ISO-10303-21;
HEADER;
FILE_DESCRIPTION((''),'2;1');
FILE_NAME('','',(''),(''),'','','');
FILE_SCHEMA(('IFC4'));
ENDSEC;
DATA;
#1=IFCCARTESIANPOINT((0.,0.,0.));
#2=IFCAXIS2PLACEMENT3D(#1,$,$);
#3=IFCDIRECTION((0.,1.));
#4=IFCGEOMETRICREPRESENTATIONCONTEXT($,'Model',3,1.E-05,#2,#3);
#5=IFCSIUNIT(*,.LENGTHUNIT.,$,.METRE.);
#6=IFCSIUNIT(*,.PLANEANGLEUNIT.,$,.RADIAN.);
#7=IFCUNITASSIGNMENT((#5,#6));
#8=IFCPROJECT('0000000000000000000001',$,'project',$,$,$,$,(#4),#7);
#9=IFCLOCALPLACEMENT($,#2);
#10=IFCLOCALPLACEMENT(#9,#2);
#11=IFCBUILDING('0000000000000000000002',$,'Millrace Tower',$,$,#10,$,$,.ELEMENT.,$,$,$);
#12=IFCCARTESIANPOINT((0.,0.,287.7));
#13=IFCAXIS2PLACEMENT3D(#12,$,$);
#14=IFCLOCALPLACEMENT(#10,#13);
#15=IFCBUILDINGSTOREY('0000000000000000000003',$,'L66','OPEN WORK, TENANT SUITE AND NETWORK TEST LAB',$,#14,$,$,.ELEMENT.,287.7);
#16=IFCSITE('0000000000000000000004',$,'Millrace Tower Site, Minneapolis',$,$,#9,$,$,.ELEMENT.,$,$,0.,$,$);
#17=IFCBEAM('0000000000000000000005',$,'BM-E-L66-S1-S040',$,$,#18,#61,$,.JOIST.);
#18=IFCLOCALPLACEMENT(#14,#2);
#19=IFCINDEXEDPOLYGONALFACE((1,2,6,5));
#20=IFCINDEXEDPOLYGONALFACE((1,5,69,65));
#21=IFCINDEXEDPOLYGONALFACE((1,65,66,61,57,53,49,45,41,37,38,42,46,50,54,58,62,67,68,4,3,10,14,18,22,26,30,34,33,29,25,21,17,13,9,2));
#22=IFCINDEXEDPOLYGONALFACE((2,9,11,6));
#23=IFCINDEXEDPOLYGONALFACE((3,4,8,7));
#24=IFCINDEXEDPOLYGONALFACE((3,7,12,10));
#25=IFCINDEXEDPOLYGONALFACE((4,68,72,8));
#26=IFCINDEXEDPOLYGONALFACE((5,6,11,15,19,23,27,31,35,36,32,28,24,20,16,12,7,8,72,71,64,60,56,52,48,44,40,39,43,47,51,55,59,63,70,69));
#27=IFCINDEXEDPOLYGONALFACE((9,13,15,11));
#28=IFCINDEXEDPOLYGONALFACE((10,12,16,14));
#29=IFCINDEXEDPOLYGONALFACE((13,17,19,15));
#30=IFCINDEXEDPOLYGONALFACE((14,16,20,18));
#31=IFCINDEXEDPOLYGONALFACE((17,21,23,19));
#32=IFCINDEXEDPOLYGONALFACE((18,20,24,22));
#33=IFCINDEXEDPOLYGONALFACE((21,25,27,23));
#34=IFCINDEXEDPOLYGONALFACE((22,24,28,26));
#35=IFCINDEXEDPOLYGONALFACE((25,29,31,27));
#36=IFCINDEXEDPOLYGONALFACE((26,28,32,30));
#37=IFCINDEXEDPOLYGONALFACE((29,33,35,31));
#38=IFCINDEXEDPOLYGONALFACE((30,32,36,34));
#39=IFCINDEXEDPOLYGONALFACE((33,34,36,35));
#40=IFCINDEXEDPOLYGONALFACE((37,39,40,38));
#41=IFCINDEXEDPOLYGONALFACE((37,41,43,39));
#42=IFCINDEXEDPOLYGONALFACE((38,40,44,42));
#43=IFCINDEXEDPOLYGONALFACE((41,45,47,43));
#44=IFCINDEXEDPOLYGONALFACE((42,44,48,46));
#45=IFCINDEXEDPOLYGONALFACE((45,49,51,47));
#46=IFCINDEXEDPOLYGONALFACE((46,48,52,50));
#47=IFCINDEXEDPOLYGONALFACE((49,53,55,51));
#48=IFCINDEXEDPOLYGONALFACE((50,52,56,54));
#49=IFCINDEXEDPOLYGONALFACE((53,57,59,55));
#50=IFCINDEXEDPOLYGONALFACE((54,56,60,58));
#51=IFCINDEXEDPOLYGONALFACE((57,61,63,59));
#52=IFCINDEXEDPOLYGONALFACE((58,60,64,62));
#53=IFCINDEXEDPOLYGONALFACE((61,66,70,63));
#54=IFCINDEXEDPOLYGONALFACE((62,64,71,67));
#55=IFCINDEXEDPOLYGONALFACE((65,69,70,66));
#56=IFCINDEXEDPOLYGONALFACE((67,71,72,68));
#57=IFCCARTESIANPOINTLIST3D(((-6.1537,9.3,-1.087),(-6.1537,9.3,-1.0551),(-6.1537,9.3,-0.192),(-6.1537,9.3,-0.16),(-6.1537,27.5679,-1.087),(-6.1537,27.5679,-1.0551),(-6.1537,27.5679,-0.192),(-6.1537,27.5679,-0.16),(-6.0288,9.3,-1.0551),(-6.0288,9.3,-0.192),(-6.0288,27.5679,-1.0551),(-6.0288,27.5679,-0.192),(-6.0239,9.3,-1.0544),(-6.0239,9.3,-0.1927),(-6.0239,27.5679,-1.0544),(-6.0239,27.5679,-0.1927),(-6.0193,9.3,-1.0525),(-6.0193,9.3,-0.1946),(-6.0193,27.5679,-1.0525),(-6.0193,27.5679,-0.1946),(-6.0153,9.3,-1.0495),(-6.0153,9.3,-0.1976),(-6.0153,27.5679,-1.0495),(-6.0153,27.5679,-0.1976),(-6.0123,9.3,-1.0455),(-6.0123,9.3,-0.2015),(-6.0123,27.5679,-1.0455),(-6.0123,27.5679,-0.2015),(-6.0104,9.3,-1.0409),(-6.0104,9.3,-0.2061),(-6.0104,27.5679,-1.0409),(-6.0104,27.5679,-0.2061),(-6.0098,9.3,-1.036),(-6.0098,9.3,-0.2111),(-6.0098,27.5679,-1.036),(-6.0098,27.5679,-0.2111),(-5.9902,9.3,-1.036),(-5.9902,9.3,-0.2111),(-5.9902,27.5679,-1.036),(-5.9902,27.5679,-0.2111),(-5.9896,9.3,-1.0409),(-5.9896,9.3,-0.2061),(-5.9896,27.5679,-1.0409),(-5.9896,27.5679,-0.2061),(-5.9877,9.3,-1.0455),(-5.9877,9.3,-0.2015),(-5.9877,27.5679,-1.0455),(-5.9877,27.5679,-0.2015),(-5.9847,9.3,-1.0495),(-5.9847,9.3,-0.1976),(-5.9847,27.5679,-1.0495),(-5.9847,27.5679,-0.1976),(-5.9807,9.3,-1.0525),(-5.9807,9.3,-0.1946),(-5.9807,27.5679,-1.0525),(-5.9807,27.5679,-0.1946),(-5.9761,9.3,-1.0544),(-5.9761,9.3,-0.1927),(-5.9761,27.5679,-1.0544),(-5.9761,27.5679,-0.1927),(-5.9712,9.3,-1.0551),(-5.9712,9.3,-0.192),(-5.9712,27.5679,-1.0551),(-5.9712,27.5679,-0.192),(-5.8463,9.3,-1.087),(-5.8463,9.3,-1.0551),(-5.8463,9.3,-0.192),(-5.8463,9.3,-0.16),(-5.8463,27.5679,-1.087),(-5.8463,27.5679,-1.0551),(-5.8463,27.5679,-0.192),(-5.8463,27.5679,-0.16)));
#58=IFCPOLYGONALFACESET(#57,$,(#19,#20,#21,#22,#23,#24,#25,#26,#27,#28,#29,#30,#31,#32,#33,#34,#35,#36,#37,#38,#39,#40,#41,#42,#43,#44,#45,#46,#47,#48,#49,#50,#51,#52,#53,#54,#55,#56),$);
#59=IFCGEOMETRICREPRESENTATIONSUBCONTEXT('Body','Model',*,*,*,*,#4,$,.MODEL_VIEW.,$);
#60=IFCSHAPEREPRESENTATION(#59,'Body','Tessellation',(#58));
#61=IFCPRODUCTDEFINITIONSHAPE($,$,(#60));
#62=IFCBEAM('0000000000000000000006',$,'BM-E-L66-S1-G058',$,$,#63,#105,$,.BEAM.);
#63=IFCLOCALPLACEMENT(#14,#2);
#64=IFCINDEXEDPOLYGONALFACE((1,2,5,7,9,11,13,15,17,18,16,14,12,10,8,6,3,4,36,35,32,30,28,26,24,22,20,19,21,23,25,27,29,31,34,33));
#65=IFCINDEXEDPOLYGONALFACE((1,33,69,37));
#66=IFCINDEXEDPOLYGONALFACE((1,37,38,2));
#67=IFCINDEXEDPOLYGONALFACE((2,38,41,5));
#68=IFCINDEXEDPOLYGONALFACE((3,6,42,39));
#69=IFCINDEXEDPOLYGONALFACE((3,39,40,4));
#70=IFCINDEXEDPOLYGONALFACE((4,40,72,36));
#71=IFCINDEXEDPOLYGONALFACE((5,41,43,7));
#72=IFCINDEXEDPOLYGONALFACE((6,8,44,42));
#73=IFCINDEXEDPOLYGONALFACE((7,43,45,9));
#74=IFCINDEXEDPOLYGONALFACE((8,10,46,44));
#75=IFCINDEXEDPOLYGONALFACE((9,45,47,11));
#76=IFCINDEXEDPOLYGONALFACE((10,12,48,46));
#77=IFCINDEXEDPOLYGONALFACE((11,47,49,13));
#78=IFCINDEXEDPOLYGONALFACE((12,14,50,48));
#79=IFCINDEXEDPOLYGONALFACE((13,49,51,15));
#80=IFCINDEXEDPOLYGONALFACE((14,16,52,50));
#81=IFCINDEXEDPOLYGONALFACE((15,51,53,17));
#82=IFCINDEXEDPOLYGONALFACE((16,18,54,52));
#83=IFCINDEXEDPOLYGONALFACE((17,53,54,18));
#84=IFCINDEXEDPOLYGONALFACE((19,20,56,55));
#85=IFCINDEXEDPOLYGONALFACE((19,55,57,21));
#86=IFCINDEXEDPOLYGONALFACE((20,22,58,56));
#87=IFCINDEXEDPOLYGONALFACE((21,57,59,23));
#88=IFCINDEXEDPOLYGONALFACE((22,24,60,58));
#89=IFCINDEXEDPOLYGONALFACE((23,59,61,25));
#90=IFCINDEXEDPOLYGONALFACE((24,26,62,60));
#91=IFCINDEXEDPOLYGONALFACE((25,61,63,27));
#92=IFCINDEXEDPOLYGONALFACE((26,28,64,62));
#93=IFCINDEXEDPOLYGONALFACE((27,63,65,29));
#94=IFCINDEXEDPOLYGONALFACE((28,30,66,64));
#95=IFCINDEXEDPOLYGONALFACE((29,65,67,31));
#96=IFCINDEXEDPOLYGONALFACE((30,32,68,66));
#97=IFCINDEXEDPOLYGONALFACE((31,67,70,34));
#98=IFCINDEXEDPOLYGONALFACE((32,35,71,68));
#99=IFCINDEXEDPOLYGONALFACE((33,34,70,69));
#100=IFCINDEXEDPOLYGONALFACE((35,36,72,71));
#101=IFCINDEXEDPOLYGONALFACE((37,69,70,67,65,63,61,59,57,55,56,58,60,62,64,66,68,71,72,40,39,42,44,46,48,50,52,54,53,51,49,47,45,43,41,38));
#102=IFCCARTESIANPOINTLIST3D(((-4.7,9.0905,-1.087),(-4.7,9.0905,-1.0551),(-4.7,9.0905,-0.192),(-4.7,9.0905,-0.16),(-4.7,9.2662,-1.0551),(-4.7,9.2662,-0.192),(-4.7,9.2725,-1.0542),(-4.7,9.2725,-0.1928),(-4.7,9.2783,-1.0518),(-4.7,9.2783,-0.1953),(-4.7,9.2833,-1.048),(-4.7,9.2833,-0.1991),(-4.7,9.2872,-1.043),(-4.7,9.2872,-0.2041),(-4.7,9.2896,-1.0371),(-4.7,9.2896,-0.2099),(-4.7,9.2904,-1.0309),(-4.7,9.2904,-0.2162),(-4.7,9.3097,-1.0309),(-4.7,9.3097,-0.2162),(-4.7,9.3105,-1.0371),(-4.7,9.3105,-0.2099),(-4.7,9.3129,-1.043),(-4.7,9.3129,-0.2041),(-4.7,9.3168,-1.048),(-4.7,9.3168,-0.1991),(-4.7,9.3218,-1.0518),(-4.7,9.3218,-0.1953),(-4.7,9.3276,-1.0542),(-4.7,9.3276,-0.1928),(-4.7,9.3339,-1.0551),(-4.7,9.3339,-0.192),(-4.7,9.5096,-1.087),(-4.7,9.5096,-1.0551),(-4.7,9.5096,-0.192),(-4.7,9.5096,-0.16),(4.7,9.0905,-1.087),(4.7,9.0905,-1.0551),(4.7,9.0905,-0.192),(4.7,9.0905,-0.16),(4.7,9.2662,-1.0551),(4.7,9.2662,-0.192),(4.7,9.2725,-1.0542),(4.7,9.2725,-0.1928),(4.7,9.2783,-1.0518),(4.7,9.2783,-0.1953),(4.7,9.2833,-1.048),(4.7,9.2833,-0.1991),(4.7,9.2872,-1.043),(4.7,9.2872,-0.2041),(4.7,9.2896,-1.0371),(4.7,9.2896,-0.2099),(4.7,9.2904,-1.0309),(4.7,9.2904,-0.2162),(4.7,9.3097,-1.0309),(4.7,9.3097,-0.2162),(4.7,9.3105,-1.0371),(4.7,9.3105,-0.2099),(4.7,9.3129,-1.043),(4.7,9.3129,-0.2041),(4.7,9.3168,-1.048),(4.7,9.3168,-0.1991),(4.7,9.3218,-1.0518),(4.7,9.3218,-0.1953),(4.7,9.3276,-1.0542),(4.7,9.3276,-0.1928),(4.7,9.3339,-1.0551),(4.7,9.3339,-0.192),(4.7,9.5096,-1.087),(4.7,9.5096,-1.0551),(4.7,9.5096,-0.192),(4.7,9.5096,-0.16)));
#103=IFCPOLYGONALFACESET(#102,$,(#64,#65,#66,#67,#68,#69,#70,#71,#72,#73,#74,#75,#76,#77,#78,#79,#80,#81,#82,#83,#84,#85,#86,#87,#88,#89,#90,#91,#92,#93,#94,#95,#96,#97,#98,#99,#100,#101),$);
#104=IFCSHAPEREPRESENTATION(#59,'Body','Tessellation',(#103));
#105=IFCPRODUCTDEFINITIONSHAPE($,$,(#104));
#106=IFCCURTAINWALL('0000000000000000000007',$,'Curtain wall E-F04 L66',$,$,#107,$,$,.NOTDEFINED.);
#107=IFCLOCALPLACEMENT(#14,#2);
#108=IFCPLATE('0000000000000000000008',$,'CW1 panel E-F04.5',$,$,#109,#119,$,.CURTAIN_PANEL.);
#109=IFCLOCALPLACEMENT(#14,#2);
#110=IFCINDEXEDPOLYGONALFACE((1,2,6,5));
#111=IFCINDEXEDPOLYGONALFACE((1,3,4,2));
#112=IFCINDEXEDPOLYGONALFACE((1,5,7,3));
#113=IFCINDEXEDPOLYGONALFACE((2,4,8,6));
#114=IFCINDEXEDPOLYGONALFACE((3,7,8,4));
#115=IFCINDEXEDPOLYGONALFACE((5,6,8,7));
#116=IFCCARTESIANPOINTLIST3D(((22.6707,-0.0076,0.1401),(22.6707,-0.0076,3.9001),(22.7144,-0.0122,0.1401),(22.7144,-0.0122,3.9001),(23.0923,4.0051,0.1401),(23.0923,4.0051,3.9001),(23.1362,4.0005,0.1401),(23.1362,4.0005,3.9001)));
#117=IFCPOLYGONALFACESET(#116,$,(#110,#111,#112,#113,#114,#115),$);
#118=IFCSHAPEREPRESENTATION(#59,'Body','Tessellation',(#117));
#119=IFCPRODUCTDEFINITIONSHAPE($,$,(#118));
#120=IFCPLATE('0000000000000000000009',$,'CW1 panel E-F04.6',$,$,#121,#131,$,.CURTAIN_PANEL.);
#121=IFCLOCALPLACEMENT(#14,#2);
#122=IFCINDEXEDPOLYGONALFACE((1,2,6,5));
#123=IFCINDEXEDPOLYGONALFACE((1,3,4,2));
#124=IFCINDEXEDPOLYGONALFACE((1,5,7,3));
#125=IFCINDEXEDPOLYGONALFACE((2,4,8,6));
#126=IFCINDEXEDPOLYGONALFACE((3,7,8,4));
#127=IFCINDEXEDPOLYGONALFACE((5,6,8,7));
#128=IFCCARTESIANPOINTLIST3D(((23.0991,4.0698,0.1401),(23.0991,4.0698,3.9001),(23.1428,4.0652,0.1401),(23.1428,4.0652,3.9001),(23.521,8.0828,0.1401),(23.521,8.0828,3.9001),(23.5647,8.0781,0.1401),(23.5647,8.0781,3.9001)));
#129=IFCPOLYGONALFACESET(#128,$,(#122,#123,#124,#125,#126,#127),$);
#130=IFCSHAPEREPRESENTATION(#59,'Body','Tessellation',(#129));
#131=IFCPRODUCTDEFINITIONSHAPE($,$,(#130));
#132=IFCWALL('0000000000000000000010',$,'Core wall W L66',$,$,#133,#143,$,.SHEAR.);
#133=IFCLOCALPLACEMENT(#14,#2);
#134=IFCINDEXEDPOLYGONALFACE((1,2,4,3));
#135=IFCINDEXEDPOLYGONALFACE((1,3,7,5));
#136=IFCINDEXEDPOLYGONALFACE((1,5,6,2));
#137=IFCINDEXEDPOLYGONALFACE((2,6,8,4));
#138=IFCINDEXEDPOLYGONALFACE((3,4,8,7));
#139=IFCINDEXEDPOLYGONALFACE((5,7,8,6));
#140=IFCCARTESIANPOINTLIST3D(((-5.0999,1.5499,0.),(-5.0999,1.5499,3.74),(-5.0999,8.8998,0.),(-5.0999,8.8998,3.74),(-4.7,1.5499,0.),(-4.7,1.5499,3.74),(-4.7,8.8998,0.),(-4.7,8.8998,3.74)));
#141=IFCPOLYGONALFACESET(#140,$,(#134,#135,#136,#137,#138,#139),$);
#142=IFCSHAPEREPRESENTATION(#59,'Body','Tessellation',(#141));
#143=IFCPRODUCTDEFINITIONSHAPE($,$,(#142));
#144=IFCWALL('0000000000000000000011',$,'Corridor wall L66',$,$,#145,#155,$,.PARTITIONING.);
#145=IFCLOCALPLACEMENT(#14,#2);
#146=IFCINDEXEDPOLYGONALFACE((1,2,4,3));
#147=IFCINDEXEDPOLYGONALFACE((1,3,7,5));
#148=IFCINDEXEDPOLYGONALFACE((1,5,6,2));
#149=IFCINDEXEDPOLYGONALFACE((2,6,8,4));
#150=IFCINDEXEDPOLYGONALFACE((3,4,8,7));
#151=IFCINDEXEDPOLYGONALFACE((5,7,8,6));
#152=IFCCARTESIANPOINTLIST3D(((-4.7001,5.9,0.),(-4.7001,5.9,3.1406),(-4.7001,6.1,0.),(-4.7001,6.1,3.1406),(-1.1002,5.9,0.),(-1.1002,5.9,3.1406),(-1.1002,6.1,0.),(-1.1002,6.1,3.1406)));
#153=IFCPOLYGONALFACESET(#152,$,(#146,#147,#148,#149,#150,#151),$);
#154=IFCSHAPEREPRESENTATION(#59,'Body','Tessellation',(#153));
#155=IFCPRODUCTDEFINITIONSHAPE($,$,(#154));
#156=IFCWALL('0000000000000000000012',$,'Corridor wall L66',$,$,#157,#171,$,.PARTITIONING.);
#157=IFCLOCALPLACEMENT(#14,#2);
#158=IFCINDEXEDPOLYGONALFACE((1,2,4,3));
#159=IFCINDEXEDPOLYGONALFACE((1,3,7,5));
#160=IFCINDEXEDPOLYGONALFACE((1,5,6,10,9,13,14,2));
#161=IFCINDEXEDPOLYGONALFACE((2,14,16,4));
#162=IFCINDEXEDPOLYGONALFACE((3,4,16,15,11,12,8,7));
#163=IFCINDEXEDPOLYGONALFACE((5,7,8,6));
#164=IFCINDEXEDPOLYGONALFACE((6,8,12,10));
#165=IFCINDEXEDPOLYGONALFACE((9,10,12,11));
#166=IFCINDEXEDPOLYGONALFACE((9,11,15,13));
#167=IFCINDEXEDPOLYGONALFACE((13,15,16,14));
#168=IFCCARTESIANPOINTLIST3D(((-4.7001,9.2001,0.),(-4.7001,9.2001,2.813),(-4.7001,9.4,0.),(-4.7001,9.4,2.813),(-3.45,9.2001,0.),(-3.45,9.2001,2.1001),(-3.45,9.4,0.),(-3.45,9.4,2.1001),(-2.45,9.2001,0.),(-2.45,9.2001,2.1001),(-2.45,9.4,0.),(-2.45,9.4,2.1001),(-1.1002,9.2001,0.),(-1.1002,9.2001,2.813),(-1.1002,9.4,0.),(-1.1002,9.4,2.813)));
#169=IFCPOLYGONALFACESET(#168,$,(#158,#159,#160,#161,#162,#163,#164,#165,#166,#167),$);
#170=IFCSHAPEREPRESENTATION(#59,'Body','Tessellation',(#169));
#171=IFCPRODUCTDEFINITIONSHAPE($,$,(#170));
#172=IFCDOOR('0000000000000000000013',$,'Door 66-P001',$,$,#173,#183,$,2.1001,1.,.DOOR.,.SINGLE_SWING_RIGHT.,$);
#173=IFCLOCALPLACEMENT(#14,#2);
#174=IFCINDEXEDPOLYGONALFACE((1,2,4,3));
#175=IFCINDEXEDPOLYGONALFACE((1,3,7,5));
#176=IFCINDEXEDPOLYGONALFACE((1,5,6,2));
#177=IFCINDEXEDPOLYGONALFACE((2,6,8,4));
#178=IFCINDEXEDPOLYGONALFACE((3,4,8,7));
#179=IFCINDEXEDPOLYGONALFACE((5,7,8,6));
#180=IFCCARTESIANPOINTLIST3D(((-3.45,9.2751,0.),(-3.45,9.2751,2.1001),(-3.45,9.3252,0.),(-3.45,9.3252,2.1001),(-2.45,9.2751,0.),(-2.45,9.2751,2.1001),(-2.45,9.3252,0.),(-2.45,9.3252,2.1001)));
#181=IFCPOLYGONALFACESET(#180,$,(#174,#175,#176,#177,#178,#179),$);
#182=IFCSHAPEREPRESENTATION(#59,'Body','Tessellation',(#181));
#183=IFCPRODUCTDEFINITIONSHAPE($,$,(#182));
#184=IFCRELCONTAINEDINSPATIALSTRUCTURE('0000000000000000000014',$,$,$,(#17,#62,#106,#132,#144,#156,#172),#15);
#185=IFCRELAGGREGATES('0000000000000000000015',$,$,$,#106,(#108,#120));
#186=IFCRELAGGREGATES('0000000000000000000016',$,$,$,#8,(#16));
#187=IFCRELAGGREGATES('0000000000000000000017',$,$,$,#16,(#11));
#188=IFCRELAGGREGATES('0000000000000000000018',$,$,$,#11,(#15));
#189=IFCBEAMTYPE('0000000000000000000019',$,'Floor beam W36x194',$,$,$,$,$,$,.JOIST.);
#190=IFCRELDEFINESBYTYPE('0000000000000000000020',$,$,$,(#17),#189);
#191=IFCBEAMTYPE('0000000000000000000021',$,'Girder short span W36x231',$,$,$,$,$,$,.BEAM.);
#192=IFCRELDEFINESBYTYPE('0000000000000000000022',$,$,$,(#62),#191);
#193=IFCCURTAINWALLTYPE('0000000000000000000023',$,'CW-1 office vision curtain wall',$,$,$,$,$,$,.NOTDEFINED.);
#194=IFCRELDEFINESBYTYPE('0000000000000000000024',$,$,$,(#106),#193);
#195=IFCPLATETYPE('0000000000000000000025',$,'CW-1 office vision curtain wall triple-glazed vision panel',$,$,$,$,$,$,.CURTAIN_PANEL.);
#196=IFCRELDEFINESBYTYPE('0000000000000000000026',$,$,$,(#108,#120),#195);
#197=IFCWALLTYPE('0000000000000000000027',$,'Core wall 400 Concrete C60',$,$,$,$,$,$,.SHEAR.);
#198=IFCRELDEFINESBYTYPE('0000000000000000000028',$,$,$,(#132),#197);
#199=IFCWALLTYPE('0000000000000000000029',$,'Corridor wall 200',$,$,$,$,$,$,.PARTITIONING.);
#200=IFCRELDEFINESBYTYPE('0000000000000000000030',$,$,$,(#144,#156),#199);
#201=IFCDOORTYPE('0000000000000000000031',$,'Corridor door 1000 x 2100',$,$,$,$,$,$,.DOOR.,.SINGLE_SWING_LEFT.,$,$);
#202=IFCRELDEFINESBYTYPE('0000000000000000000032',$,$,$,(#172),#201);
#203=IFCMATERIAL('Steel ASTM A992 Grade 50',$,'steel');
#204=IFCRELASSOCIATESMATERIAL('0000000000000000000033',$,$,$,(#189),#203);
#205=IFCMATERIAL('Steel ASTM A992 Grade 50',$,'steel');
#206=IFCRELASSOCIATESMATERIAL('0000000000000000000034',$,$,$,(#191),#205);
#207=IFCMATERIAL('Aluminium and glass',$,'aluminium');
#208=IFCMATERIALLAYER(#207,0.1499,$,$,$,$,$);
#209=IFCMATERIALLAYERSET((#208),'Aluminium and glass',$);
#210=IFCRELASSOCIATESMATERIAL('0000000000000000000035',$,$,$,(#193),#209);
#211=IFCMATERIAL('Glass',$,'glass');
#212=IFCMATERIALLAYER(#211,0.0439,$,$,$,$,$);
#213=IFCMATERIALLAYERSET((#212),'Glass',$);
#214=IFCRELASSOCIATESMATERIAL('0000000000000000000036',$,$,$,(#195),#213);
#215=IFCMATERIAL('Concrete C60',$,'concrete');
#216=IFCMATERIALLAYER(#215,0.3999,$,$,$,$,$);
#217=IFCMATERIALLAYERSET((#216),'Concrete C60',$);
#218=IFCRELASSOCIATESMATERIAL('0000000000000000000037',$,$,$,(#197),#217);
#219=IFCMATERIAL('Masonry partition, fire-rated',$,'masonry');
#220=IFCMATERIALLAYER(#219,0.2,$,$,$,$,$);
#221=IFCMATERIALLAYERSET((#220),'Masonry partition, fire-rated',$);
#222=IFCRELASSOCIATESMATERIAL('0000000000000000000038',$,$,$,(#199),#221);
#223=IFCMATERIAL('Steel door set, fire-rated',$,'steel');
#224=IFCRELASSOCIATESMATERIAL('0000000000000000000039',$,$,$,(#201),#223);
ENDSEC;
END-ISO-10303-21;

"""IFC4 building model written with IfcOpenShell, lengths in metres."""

from ifc_helpers import new_model, si_unit, direction, frame, frame_2d, origin, origin_2d, place, context, subcontext, project, spatial, polyline, rectangle, i_section, outline, extrude, material, layer, layer_set, material_profile, profile_set, type_object, element, fill, aggregate, save


model = new_model("IFC4")

# Units and contexts
model_context = context("Model", 3, precision=1e-05, world=origin(), true_north=direction((0.0, 1.0)))
body_context = subcontext(model_context, "Body", "Model", "MODEL_VIEW")
ifc_project = project(units=[si_unit("LENGTHUNIT", "METRE"), si_unit("PLANEANGLEUNIT", "RADIAN")], contexts=[model_context])

# Site, building, storey
site_placement = place(None, origin())
site = spatial("IfcSite", under=ifc_project, at=site_placement, Name="Millrace Tower Site, Minneapolis", CompositionType="ELEMENT", RefElevation=0.0)
building_placement = place(site_placement, origin())
building = spatial("IfcBuilding", under=site, at=building_placement, Name="Millrace Tower", CompositionType="ELEMENT")
storey_placement = place(building_placement, frame((0.0, 0.0, 287.7)))
storey = spatial("IfcBuildingStorey", under=building, at=storey_placement, Name="L66", Description="OPEN WORK, TENANT SUITE AND NETWORK TEST LAB", CompositionType="ELEMENT", Elevation=287.7)

# Beams
ifc_material_1 = material(Name="Steel ASTM A992 Grade 50", Category="steel")
ifc_material_profile_1 = material_profile(ifc_material_1, i_section(OverallWidth=0.3074, OverallDepth=0.927, WebThickness=0.0195, FlangeThickness=0.032, FilletRadius=0.019, at=origin_2d()))
ifc_profile_set_1 = profile_set([ifc_material_profile_1], Name="Steel ASTM A992 Grade 50")
beam_type_1 = type_object("IfcBeamType", Name="Floor beam W36x194", PredefinedType="JOIST", material=ifc_profile_set_1)
beam_1_placement = place(storey_placement, frame((-6.0, 9.3, -0.6235), z_axis=(0.0, 1.0, 0.0), x_axis=(-1.0, 0.0, 0.0)))
element("IfcBeam", 1, at=beam_1_placement, inside=storey, type_object=beam_type_1, Name="BM-E-L66-S1-S040", PredefinedType="JOIST", context=body_context, shape_type="SweptSolid", body=[
    extrude(i_section(OverallWidth=0.3074, OverallDepth=0.927, WebThickness=0.0195, FlangeThickness=0.032, FilletRadius=0.019, at=origin_2d()), origin(), (0.0, 0.0, 1.0), 18.2678),
])
ifc_material_2 = material(Name="Steel ASTM A992 Grade 50", Category="steel")
ifc_material_profile_2 = material_profile(ifc_material_2, i_section(OverallWidth=0.4192, OverallDepth=0.927, WebThickness=0.0193, FlangeThickness=0.032, FilletRadius=0.0242, at=origin_2d()))
ifc_profile_set_2 = profile_set([ifc_material_profile_2], Name="Steel ASTM A992 Grade 50")
beam_type_2 = type_object("IfcBeamType", Name="Girder short span W36x231", PredefinedType="BEAM", material=ifc_profile_set_2)
beam_2_placement = place(storey_placement, frame((-4.7, 9.3, -0.6235), z_axis=(1.0, 0.0, 0.0), x_axis=(0.0, 1.0, 0.0)))
element("IfcBeam", 2, at=beam_2_placement, inside=storey, type_object=beam_type_2, Name="BM-E-L66-S1-G058", PredefinedType="BEAM", context=body_context, shape_type="SweptSolid", body=[
    extrude(i_section(OverallWidth=0.4192, OverallDepth=0.927, WebThickness=0.0193, FlangeThickness=0.032, FilletRadius=0.0242, at=origin_2d()), origin(), (0.0, 0.0, 1.0), 9.3999),
])

# Curtain wall, plates
ifc_material_3 = material(Name="Aluminium and glass", Category="aluminium")
ifc_layer_1 = layer(ifc_material_3, 0.1499)
ifc_layer_set_1 = layer_set([ifc_layer_1], Name="Aluminium and glass")
curtain_wall_type = type_object("IfcCurtainWallType", Name="CW-1 office vision curtain wall", PredefinedType="NOTDEFINED", material=ifc_layer_set_1)
placement_1 = place(storey_placement, origin())
curtain_wall = element("IfcCurtainWall", 3, at=placement_1, inside=storey, type_object=curtain_wall_type, Name="Curtain wall E-F04 L66", PredefinedType="NOTDEFINED")
ifc_material_4 = material(Name="Glass", Category="glass")
ifc_layer_2 = layer(ifc_material_4, 0.0439)
ifc_layer_set_2 = layer_set([ifc_layer_2], Name="Glass")
plate_type = type_object("IfcPlateType", Name="CW-1 office vision curtain wall triple-glazed vision panel", PredefinedType="CURTAIN_PANEL", material=ifc_layer_set_2)
placement_2 = place(storey_placement, frame((0.0, 0.0, 0.1401)))
plate_1 = element("IfcPlate", 4, at=placement_2, type_object=plate_type, Name="CW1 panel E-F04.5", PredefinedType="CURTAIN_PANEL", context=body_context, shape_type="SweptSolid", body=[
    extrude(outline(polyline([(22.7144, -0.0122), (23.1362, 4.0005), (23.0923, 4.0051), (22.6707, -0.0076), (22.7144, -0.0122)])), origin(), (0.0, 0.0, 1.0), 3.76),
])
plate_2 = element("IfcPlate", 5, at=placement_2, type_object=plate_type, Name="CW1 panel E-F04.6", PredefinedType="CURTAIN_PANEL", context=body_context, shape_type="SweptSolid", body=[
    extrude(outline(polyline([(23.1428, 4.0652), (23.5647, 8.0781), (23.521, 8.0828), (23.0991, 4.0698), (23.1428, 4.0652)])), origin(), (0.0, 0.0, 1.0), 3.76),
])
aggregate(curtain_wall, [plate_1, plate_2])

# Walls
ifc_material_5 = material(Name="Concrete C60", Category="concrete")
ifc_layer_3 = layer(ifc_material_5, 0.3999)
ifc_layer_set_3 = layer_set([ifc_layer_3], Name="Concrete C60")
wall_type_1 = type_object("IfcWallType", Name="Core wall 400 Concrete C60", PredefinedType="SHEAR", material=ifc_layer_set_3)
wall_1_placement = place(storey_placement, frame((-4.8999, 1.55, 0.0), z_axis=(0.0, 0.0, 1.0), x_axis=(0.0, 1.0, 0.0)))
element("IfcWall", 6, at=wall_1_placement, inside=storey, type_object=wall_type_1, Name="Core wall W L66", PredefinedType="SHEAR", context=body_context, shape_type="SweptSolid", body=[
    extrude(rectangle(XDim=7.3499, YDim=0.3999, at=frame_2d((3.6748, 0.0))), origin(), (0.0, 0.0, 1.0), 3.74),
])
ifc_material_6 = material(Name="Masonry partition, fire-rated", Category="masonry")
ifc_layer_4 = layer(ifc_material_6, 0.2)
ifc_layer_set_4 = layer_set([ifc_layer_4], Name="Masonry partition, fire-rated")
wall_type_2 = type_object("IfcWallType", Name="Corridor wall 200", PredefinedType="PARTITIONING", material=ifc_layer_set_4)
wall_2_placement = place(storey_placement, frame((-4.7, 6.0, 0.0), z_axis=(0.0, 0.0, 1.0), x_axis=(1.0, 0.0, 0.0)))
element("IfcWall", 7, at=wall_2_placement, inside=storey, type_object=wall_type_2, Name="Corridor wall L66", PredefinedType="PARTITIONING", context=body_context, shape_type="SweptSolid", body=[
    extrude(rectangle(XDim=3.5999, YDim=0.2, at=frame_2d((1.7998, 0.0))), origin(), (0.0, 0.0, 1.0), 3.1406),
])

# Wall, opening, door
wall_3_placement = place(storey_placement, frame((-4.7, 9.3, 0.0), z_axis=(0.0, 0.0, 1.0), x_axis=(1.0, 0.0, 0.0)))
wall_3 = element("IfcWall", 8, at=wall_3_placement, inside=storey, type_object=wall_type_2, Name="Corridor wall L66", PredefinedType="PARTITIONING", context=body_context, shape_type="SweptSolid", body=[
    extrude(rectangle(XDim=3.5999, YDim=0.2, at=frame_2d((1.7998, 0.0))), origin(), (0.0, 0.0, 1.0), 2.813),
])
opening_1_placement = place(wall_3_placement, frame((1.25, 0.0, 0.0)))
opening_1 = element("IfcOpeningElement", 9, at=opening_1_placement, cuts=wall_3, PredefinedType="OPENING", context=body_context, shape_type="SweptSolid", body=[
    extrude(rectangle(XDim=1.0, YDim=2.1001, at=frame_2d((0.5, 1.05))), frame((0.0, 0.1099, 0.0), z_axis=(0.0, -1.0, 0.0), x_axis=(1.0, 0.0, 0.0)), (0.0, 0.0, 1.0), 0.22),
])
ifc_material_7 = material(Name="Steel door set, fire-rated", Category="steel")
door_type_1 = type_object("IfcDoorType", Name="Corridor door 1000 x 2100", OperationType="SINGLE_SWING_LEFT", PredefinedType="DOOR", material=ifc_material_7)
door_1_placement = place(opening_1_placement, frame((1.0, 0.0, 0.0), z_axis=(0.0, 0.0, 1.0), x_axis=(-1.0, 0.0, 0.0)))
door_1 = element("IfcDoor", 10, at=door_1_placement, inside=storey, type_object=door_type_1, Name="Door 66-P001", OperationType="SINGLE_SWING_RIGHT", OverallHeight=2.1001, OverallWidth=1.0, PredefinedType="DOOR", context=body_context, shape_type="SweptSolid", body=[
    extrude(rectangle(XDim=1.0, YDim=2.1001, at=frame_2d((0.5, 1.05))), frame((0.0, 0.0249, 0.0), z_axis=(0.0, -1.0, 0.0), x_axis=(1.0, 0.0, 0.0)), (0.0, 0.0, 1.0), 0.05),
])
fill(opening_1, door_1)

save(model, "model.ifc")
